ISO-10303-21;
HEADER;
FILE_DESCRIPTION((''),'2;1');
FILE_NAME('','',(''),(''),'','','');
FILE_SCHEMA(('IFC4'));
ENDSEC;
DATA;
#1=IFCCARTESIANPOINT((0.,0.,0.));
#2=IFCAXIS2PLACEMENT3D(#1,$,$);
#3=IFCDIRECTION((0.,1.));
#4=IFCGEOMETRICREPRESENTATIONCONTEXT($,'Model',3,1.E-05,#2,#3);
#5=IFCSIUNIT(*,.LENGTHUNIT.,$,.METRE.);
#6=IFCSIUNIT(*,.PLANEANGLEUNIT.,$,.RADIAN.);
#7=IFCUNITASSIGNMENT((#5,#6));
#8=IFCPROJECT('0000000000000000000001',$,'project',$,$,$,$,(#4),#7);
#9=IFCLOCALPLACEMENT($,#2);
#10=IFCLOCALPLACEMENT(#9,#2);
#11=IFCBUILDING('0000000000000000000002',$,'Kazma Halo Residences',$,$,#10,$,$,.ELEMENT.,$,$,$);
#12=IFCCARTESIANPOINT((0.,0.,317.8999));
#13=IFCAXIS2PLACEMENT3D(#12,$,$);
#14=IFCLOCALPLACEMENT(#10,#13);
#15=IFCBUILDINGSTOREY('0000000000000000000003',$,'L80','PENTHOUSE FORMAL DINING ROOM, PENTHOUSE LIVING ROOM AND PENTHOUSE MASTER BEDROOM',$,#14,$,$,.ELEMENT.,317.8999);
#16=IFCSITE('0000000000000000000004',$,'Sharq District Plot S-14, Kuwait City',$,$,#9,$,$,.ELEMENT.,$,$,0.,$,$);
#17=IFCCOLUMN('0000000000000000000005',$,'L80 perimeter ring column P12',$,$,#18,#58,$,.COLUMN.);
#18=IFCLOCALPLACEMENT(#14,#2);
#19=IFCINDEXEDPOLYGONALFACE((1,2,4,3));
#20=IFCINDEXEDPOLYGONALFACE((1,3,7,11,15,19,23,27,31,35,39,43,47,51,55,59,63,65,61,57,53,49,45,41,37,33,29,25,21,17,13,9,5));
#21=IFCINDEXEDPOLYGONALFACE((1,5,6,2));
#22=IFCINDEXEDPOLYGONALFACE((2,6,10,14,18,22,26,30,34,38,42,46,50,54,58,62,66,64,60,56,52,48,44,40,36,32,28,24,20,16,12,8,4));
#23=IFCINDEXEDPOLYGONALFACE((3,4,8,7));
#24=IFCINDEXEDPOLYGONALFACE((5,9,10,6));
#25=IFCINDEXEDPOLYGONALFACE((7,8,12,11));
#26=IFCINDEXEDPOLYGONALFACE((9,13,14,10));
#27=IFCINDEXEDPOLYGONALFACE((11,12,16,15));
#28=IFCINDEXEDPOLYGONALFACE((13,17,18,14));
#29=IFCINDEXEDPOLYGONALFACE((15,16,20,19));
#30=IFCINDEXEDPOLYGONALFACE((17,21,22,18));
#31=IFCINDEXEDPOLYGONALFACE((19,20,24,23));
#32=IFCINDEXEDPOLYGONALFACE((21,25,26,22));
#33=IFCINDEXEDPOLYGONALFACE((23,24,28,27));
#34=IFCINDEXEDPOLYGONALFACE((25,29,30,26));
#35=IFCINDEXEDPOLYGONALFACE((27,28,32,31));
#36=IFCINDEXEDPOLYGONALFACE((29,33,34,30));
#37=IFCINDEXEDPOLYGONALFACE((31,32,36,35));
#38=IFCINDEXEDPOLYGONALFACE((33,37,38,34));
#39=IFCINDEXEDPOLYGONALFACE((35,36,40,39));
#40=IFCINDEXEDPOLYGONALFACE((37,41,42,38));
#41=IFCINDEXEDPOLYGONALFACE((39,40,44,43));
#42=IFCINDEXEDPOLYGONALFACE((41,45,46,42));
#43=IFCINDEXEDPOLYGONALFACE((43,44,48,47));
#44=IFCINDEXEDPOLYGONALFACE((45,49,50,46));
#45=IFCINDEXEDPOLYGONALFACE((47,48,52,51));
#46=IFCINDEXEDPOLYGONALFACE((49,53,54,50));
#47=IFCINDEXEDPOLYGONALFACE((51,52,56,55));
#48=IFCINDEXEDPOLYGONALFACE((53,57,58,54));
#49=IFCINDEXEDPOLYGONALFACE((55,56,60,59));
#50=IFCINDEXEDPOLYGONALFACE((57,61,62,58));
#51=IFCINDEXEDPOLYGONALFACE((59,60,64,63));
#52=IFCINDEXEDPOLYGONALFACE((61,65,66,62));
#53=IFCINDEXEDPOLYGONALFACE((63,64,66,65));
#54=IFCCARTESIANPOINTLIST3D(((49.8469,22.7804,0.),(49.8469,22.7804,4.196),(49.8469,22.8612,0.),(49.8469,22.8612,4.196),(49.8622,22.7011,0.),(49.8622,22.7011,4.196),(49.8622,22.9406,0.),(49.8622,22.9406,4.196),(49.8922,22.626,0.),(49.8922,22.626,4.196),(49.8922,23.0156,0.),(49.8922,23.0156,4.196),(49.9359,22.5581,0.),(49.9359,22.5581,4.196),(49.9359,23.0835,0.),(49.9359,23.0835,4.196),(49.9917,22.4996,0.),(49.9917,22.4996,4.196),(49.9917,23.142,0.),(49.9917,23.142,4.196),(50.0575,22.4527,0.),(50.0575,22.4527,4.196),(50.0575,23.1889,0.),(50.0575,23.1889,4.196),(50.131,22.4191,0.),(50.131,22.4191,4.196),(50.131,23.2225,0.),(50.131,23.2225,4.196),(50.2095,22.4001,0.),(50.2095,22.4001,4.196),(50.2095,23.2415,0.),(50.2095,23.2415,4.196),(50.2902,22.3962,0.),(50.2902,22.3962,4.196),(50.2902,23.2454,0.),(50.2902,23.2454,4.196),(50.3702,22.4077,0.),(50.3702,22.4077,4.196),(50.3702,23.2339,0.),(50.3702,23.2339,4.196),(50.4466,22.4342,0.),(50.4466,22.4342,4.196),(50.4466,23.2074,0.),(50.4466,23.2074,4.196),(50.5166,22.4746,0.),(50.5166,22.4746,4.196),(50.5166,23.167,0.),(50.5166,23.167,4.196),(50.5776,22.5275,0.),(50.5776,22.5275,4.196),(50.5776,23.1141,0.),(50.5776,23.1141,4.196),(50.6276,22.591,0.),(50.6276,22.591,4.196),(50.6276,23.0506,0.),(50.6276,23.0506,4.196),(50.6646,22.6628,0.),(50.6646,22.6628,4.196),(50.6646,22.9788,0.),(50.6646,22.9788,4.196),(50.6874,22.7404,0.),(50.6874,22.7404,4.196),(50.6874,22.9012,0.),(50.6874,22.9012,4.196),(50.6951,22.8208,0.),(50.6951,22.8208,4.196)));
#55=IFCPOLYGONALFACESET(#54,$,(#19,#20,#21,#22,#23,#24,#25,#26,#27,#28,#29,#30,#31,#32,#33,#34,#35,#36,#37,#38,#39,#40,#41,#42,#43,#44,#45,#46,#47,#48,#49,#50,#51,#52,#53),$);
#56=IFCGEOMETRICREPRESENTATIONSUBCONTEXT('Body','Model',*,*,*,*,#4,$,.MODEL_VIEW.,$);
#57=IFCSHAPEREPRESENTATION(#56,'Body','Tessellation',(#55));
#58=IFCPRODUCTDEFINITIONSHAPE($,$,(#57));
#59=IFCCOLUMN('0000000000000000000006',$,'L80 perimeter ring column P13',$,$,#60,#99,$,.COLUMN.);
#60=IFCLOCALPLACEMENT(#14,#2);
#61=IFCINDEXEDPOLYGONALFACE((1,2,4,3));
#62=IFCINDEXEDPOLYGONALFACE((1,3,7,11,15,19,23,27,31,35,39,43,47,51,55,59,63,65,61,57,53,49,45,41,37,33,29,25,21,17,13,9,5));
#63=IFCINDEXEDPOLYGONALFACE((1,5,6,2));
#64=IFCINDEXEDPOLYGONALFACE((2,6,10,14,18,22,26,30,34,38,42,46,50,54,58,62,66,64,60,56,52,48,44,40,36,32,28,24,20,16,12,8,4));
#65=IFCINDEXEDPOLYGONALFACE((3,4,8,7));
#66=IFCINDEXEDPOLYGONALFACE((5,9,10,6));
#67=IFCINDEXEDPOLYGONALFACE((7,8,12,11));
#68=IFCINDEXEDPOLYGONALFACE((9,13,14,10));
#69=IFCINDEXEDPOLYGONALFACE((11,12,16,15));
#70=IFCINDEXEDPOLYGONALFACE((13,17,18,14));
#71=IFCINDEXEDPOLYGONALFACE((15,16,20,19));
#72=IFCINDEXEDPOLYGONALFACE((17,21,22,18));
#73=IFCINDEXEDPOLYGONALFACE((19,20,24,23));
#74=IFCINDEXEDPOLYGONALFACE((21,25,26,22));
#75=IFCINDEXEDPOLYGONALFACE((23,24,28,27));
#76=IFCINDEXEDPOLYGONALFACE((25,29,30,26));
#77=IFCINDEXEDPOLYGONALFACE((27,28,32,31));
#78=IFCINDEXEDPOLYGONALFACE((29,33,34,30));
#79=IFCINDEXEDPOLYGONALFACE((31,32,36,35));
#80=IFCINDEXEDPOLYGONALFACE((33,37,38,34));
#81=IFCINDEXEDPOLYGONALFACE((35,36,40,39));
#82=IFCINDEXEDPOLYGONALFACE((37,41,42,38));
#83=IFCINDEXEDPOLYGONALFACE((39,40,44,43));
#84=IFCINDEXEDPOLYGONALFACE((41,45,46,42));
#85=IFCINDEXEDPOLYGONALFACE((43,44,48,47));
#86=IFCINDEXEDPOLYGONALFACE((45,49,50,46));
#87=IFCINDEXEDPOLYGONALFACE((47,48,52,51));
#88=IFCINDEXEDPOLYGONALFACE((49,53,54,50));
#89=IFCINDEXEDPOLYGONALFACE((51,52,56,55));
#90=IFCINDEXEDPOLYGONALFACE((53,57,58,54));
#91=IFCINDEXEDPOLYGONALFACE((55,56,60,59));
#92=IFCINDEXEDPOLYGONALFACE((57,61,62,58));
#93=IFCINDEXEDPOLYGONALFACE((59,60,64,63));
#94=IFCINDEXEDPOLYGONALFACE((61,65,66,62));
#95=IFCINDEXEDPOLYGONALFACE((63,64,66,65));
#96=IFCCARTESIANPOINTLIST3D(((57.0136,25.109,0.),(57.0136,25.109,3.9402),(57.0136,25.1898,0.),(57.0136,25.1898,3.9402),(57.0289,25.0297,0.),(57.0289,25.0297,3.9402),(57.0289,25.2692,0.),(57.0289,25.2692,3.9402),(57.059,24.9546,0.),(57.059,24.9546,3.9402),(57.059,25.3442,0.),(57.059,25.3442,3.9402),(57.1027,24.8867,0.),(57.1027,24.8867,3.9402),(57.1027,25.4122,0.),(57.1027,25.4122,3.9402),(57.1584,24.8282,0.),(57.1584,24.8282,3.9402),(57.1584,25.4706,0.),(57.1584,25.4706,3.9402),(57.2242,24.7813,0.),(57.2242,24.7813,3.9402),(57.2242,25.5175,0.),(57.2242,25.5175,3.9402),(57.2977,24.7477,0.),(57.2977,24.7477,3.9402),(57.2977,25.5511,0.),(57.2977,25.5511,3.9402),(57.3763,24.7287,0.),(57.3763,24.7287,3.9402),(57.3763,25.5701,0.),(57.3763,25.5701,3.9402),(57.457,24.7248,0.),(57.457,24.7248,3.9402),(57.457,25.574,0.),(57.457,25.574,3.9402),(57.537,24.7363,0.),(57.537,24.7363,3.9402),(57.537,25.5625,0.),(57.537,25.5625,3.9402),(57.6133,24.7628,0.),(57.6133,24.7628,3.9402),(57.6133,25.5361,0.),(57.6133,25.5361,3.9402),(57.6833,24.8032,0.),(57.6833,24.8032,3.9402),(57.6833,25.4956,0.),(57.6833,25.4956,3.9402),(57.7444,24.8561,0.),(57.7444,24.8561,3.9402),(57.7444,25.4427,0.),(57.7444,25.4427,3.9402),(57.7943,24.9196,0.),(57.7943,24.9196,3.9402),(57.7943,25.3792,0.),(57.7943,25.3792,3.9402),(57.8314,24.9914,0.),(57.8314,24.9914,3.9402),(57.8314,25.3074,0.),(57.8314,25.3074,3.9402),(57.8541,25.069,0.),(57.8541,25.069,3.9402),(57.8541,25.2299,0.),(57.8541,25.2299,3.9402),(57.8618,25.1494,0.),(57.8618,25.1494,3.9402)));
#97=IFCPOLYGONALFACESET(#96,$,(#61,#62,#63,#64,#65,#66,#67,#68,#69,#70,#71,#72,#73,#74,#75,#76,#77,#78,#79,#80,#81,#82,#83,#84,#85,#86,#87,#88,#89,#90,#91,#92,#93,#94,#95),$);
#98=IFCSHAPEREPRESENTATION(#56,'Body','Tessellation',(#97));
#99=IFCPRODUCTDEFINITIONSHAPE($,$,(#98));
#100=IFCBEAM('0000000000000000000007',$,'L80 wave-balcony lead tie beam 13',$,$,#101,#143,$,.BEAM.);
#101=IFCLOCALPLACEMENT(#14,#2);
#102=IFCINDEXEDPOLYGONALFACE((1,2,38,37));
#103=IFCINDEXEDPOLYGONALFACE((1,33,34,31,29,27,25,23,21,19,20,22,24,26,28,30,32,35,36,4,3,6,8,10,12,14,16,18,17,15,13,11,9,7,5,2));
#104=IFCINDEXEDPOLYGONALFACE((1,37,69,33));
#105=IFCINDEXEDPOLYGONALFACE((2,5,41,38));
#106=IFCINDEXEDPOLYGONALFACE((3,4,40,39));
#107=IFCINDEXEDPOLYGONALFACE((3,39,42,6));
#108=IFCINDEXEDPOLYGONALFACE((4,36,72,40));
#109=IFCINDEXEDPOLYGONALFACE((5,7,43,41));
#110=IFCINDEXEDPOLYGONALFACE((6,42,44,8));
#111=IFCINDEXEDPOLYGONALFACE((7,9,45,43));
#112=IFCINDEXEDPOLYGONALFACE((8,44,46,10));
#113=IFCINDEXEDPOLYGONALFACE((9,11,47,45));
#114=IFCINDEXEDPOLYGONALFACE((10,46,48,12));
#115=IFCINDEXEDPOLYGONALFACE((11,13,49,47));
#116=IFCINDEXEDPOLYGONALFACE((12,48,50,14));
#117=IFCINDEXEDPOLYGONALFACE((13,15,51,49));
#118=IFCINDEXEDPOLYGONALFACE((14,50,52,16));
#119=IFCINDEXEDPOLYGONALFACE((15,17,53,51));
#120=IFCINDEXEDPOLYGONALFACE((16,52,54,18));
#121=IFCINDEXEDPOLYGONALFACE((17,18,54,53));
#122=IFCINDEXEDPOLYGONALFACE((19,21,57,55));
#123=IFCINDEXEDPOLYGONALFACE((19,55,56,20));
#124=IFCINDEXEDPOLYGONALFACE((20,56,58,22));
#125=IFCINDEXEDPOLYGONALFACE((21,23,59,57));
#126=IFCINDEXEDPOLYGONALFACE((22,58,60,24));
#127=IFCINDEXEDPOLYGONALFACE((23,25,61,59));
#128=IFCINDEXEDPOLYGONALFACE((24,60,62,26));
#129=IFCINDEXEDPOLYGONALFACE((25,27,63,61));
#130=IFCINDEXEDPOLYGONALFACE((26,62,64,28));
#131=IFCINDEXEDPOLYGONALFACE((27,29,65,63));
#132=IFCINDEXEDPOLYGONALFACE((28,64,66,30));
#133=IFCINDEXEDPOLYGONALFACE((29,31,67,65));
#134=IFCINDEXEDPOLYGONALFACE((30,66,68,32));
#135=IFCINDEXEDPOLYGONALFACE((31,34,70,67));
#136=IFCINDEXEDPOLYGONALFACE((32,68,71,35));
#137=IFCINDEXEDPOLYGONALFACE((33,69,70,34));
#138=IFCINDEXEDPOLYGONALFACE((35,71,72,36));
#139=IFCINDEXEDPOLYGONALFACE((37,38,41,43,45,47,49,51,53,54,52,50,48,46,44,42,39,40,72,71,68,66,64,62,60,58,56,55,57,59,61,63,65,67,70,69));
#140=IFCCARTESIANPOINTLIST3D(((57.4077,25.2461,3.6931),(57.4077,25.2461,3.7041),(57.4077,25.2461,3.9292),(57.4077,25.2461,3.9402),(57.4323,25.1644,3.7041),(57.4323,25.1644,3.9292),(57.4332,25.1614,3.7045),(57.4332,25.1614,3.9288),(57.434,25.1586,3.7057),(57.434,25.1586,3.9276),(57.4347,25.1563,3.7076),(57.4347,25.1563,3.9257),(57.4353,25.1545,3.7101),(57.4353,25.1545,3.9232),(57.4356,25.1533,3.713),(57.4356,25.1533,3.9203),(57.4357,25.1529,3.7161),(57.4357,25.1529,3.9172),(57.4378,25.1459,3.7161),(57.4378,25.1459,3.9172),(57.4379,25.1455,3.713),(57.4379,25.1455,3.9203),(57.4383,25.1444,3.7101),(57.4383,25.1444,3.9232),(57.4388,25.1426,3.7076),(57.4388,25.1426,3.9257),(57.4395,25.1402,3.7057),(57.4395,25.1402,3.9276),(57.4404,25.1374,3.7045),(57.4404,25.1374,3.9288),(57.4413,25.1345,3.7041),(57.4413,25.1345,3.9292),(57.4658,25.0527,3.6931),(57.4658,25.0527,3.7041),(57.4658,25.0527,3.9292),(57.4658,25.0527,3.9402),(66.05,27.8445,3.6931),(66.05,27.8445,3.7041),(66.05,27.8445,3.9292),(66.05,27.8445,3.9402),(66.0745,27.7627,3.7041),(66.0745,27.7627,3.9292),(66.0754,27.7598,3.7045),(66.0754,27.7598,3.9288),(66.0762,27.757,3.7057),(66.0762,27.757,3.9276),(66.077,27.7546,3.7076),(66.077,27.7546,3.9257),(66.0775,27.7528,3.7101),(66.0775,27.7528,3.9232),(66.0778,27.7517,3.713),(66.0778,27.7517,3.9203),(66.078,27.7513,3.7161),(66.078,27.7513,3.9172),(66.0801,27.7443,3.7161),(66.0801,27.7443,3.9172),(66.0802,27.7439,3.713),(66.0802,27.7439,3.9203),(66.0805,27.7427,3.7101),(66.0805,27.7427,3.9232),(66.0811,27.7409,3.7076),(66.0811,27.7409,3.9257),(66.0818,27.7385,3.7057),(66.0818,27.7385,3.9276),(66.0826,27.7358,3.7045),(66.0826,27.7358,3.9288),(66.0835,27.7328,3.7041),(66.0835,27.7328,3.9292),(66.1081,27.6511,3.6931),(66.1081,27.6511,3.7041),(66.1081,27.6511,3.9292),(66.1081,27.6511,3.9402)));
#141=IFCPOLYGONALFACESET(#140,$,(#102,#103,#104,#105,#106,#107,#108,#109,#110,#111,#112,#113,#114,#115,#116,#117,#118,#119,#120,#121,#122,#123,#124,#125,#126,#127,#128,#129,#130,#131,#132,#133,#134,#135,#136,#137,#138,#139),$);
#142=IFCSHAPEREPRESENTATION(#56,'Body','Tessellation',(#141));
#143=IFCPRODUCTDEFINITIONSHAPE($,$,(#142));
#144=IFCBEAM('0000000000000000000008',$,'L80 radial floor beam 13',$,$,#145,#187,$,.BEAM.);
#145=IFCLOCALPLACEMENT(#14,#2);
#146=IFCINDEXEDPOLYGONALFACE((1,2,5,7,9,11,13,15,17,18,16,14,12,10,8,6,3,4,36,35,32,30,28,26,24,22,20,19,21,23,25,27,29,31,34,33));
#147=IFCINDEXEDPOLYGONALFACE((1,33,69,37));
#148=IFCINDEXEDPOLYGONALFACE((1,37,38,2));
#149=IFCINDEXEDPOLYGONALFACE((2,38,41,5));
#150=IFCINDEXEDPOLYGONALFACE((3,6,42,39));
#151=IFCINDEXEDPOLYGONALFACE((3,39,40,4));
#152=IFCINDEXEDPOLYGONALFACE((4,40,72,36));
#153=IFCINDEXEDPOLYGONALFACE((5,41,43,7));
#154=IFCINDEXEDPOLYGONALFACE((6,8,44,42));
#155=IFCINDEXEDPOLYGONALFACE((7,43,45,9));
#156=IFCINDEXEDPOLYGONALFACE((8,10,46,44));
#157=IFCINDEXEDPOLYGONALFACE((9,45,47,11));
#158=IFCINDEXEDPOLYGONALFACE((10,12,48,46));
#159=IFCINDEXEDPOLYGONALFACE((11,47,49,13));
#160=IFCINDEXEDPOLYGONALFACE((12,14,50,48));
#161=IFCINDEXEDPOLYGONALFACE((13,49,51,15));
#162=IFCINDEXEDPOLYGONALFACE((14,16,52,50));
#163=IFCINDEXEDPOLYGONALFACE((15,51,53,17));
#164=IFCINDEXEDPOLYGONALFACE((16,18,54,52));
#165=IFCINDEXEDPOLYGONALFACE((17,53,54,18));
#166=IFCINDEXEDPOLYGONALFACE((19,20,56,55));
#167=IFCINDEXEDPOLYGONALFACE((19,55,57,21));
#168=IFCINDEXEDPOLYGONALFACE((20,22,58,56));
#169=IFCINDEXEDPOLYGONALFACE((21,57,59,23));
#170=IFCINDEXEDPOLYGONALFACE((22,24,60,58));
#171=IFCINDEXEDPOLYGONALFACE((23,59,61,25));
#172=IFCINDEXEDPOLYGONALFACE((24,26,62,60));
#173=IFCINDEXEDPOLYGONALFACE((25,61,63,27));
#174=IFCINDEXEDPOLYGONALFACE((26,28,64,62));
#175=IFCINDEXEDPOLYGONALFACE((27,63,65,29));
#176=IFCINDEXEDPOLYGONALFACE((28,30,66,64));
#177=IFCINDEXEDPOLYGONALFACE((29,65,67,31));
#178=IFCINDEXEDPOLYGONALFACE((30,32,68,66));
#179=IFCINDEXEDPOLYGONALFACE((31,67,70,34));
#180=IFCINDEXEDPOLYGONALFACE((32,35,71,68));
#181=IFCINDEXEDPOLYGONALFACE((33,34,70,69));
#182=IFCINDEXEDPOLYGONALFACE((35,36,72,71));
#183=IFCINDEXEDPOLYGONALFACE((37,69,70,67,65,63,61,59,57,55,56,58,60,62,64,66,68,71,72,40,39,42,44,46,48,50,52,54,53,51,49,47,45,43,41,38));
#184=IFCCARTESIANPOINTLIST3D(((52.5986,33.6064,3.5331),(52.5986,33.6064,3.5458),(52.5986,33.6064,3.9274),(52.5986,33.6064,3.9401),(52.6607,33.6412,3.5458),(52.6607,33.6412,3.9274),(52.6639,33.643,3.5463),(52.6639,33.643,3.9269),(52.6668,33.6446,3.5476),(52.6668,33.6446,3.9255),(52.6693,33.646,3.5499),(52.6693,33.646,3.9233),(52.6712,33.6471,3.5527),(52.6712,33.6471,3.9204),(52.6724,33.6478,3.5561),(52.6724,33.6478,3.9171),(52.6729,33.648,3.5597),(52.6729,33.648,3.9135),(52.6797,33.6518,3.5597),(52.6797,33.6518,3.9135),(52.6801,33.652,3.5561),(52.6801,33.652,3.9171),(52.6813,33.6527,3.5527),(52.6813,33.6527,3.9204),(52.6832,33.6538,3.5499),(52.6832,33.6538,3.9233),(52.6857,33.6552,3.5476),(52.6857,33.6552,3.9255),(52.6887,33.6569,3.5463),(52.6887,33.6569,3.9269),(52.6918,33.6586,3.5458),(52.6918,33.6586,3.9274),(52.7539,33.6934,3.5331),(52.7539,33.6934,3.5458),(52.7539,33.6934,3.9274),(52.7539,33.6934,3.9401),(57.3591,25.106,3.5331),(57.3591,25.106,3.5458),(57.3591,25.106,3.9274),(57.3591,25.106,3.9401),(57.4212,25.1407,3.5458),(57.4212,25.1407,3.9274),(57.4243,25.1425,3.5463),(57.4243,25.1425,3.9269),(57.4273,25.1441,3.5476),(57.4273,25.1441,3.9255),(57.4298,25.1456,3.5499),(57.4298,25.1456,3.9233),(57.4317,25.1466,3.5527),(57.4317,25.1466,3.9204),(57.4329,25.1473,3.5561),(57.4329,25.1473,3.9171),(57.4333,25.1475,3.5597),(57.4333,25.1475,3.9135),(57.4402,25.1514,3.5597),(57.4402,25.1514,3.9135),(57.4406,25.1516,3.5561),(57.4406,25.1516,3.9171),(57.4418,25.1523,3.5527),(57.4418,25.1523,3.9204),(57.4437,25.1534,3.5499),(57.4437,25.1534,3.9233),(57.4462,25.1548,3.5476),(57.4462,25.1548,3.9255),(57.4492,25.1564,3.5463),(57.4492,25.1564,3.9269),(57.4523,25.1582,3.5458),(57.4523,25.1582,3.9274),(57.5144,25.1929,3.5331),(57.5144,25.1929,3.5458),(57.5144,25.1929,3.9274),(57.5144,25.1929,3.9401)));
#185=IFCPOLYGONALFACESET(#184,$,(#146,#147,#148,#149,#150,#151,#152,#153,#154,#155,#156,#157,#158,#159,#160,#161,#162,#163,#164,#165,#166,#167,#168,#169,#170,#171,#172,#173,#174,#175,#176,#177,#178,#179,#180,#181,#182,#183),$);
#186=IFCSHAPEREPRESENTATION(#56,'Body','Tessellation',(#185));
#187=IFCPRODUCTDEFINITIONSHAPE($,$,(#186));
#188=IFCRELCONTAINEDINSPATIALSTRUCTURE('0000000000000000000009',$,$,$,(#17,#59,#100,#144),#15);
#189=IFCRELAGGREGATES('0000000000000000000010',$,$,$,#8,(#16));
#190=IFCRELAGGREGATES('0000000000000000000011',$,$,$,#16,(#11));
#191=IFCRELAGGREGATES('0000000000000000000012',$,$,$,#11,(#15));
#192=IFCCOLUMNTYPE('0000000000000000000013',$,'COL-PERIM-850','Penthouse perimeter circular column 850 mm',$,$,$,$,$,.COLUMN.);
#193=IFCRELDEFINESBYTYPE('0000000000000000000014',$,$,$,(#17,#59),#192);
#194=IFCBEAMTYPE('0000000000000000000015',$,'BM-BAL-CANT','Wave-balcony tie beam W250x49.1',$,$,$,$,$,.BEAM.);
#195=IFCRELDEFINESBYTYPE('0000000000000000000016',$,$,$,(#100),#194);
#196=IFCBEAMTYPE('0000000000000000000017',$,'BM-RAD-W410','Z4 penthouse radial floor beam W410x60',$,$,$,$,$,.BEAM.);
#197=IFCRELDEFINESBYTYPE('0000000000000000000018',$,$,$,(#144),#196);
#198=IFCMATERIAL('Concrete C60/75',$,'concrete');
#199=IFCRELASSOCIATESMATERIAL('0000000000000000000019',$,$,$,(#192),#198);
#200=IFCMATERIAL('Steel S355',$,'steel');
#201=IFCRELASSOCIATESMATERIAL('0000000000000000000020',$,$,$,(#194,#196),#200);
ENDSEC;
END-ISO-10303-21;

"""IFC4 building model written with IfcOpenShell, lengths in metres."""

from ifc_helpers import new_model, si_unit, direction, frame, origin, origin_2d, place, context, subcontext, project, spatial, circle, i_section, extrude, material, material_profile, profile_set, type_object, element, save


model = new_model("IFC4")

# Units and contexts
model_context = context("Model", 3, precision=1e-05, world=origin(), true_north=direction((0.0, 1.0)))
body_context = subcontext(model_context, "Body", "Model", "MODEL_VIEW")
ifc_project = project(units=[si_unit("LENGTHUNIT", "METRE"), si_unit("PLANEANGLEUNIT", "RADIAN")], contexts=[model_context])

# Site, building, storey
site_placement = place(None, origin())
site = spatial("IfcSite", under=ifc_project, at=site_placement, Name="Sharq District Plot S-14, Kuwait City", CompositionType="ELEMENT", RefElevation=0.0)
building_placement = place(site_placement, origin())
building = spatial("IfcBuilding", under=site, at=building_placement, Name="Kazma Halo Residences", CompositionType="ELEMENT")
storey_placement = place(building_placement, frame((0.0, 0.0, 317.8999)))
storey = spatial("IfcBuildingStorey", under=building, at=storey_placement, Name="L80", Description="PENTHOUSE FORMAL DINING ROOM, PENTHOUSE LIVING ROOM AND PENTHOUSE MASTER BEDROOM", CompositionType="ELEMENT", Elevation=317.8999)

# Columns
ifc_material_1 = material(Name="Concrete C60/75", Category="concrete")
ifc_material_profile_1 = material_profile(ifc_material_1, circle(Radius=0.425, at=origin_2d()), Name="CIRC850")
ifc_profile_set_1 = profile_set([ifc_material_profile_1], Name="Concrete C60/75")
column_type = type_object("IfcColumnType", Name="COL-PERIM-850", Description="Penthouse perimeter circular column 850 mm", PredefinedType="COLUMN", material=ifc_profile_set_1)
column_1_placement = place(storey_placement, frame((50.27, 22.8208, 0.0), z_axis=(0.0, 0.0, 1.0), x_axis=(1.0, 0.0, 0.0)))
element("IfcColumn", 1, at=column_1_placement, inside=storey, type_object=column_type, Name="L80 perimeter ring column P12", PredefinedType="COLUMN", context=body_context, shape_type="SweptSolid", body=[
    extrude(circle(Radius=0.425, at=origin_2d()), origin(), (0.0, 0.0, 1.0), 4.196),
])
column_2_placement = place(storey_placement, frame((57.4368, 25.1494, 0.0), z_axis=(0.0, 0.0, 1.0), x_axis=(1.0, 0.0, 0.0)))
element("IfcColumn", 2, at=column_2_placement, inside=storey, type_object=column_type, Name="L80 perimeter ring column P13", PredefinedType="COLUMN", context=body_context, shape_type="SweptSolid", body=[
    extrude(circle(Radius=0.425, at=origin_2d()), origin(), (0.0, 0.0, 1.0), 3.9402),
])

# Beams
ifc_material_2 = material(Name="Steel S355", Category="steel")
ifc_material_profile_2 = material_profile(ifc_material_2, i_section(OverallWidth=0.2019, OverallDepth=0.2471, WebThickness=0.0073, FlangeThickness=0.011, FilletRadius=0.012, at=origin_2d()), Name="W250x49.1")
ifc_profile_set_2 = profile_set([ifc_material_profile_2], Name="Steel S355")
beam_type_1 = type_object("IfcBeamType", Name="BM-BAL-CANT", Description="Wave-balcony tie beam W250x49.1", PredefinedType="BEAM", material=ifc_profile_set_2)
beam_1_placement = place(storey_placement, frame((57.4368, 25.1494, 3.8167), z_axis=(0.957653, 0.287926, 0.0), x_axis=(-0.287926, 0.957653, 0.0)))
element("IfcBeam", 3, at=beam_1_placement, inside=storey, type_object=beam_type_1, Name="L80 wave-balcony lead tie beam 13", PredefinedType="BEAM", context=body_context, shape_type="SweptSolid", body=[
    extrude(i_section(OverallWidth=0.2019, OverallDepth=0.2471, WebThickness=0.0073, FlangeThickness=0.011, FilletRadius=0.012, at=origin_2d()), origin(), (0.0, 0.0, 1.0), 9.0244),
])
ifc_material_profile_3 = material_profile(ifc_material_2, i_section(OverallWidth=0.178, OverallDepth=0.407, WebThickness=0.0078, FlangeThickness=0.0127, FilletRadius=0.0139, at=origin_2d()), Name="W410x60")
ifc_profile_set_3 = profile_set([ifc_material_profile_3], Name="Steel S355")
beam_type_2 = type_object("IfcBeamType", Name="BM-RAD-W410", Description="Z4 penthouse radial floor beam W410x60", PredefinedType="BEAM", material=ifc_profile_set_3)
beam_2_placement = place(storey_placement, frame((52.6763, 33.6499, 3.7366), z_axis=(0.488621, -0.872496, 0.0), x_axis=(0.872496, 0.488621, 0.0)))
element("IfcBeam", 4, at=beam_2_placement, inside=storey, type_object=beam_type_2, Name="L80 radial floor beam 13", PredefinedType="BEAM", context=body_context, shape_type="SweptSolid", body=[
    extrude(i_section(OverallWidth=0.178, OverallDepth=0.407, WebThickness=0.0078, FlangeThickness=0.0127, FilletRadius=0.0139, at=origin_2d()), origin(), (0.0, 0.0, 1.0), 9.7427),
])

save(model, "model.ifc")
